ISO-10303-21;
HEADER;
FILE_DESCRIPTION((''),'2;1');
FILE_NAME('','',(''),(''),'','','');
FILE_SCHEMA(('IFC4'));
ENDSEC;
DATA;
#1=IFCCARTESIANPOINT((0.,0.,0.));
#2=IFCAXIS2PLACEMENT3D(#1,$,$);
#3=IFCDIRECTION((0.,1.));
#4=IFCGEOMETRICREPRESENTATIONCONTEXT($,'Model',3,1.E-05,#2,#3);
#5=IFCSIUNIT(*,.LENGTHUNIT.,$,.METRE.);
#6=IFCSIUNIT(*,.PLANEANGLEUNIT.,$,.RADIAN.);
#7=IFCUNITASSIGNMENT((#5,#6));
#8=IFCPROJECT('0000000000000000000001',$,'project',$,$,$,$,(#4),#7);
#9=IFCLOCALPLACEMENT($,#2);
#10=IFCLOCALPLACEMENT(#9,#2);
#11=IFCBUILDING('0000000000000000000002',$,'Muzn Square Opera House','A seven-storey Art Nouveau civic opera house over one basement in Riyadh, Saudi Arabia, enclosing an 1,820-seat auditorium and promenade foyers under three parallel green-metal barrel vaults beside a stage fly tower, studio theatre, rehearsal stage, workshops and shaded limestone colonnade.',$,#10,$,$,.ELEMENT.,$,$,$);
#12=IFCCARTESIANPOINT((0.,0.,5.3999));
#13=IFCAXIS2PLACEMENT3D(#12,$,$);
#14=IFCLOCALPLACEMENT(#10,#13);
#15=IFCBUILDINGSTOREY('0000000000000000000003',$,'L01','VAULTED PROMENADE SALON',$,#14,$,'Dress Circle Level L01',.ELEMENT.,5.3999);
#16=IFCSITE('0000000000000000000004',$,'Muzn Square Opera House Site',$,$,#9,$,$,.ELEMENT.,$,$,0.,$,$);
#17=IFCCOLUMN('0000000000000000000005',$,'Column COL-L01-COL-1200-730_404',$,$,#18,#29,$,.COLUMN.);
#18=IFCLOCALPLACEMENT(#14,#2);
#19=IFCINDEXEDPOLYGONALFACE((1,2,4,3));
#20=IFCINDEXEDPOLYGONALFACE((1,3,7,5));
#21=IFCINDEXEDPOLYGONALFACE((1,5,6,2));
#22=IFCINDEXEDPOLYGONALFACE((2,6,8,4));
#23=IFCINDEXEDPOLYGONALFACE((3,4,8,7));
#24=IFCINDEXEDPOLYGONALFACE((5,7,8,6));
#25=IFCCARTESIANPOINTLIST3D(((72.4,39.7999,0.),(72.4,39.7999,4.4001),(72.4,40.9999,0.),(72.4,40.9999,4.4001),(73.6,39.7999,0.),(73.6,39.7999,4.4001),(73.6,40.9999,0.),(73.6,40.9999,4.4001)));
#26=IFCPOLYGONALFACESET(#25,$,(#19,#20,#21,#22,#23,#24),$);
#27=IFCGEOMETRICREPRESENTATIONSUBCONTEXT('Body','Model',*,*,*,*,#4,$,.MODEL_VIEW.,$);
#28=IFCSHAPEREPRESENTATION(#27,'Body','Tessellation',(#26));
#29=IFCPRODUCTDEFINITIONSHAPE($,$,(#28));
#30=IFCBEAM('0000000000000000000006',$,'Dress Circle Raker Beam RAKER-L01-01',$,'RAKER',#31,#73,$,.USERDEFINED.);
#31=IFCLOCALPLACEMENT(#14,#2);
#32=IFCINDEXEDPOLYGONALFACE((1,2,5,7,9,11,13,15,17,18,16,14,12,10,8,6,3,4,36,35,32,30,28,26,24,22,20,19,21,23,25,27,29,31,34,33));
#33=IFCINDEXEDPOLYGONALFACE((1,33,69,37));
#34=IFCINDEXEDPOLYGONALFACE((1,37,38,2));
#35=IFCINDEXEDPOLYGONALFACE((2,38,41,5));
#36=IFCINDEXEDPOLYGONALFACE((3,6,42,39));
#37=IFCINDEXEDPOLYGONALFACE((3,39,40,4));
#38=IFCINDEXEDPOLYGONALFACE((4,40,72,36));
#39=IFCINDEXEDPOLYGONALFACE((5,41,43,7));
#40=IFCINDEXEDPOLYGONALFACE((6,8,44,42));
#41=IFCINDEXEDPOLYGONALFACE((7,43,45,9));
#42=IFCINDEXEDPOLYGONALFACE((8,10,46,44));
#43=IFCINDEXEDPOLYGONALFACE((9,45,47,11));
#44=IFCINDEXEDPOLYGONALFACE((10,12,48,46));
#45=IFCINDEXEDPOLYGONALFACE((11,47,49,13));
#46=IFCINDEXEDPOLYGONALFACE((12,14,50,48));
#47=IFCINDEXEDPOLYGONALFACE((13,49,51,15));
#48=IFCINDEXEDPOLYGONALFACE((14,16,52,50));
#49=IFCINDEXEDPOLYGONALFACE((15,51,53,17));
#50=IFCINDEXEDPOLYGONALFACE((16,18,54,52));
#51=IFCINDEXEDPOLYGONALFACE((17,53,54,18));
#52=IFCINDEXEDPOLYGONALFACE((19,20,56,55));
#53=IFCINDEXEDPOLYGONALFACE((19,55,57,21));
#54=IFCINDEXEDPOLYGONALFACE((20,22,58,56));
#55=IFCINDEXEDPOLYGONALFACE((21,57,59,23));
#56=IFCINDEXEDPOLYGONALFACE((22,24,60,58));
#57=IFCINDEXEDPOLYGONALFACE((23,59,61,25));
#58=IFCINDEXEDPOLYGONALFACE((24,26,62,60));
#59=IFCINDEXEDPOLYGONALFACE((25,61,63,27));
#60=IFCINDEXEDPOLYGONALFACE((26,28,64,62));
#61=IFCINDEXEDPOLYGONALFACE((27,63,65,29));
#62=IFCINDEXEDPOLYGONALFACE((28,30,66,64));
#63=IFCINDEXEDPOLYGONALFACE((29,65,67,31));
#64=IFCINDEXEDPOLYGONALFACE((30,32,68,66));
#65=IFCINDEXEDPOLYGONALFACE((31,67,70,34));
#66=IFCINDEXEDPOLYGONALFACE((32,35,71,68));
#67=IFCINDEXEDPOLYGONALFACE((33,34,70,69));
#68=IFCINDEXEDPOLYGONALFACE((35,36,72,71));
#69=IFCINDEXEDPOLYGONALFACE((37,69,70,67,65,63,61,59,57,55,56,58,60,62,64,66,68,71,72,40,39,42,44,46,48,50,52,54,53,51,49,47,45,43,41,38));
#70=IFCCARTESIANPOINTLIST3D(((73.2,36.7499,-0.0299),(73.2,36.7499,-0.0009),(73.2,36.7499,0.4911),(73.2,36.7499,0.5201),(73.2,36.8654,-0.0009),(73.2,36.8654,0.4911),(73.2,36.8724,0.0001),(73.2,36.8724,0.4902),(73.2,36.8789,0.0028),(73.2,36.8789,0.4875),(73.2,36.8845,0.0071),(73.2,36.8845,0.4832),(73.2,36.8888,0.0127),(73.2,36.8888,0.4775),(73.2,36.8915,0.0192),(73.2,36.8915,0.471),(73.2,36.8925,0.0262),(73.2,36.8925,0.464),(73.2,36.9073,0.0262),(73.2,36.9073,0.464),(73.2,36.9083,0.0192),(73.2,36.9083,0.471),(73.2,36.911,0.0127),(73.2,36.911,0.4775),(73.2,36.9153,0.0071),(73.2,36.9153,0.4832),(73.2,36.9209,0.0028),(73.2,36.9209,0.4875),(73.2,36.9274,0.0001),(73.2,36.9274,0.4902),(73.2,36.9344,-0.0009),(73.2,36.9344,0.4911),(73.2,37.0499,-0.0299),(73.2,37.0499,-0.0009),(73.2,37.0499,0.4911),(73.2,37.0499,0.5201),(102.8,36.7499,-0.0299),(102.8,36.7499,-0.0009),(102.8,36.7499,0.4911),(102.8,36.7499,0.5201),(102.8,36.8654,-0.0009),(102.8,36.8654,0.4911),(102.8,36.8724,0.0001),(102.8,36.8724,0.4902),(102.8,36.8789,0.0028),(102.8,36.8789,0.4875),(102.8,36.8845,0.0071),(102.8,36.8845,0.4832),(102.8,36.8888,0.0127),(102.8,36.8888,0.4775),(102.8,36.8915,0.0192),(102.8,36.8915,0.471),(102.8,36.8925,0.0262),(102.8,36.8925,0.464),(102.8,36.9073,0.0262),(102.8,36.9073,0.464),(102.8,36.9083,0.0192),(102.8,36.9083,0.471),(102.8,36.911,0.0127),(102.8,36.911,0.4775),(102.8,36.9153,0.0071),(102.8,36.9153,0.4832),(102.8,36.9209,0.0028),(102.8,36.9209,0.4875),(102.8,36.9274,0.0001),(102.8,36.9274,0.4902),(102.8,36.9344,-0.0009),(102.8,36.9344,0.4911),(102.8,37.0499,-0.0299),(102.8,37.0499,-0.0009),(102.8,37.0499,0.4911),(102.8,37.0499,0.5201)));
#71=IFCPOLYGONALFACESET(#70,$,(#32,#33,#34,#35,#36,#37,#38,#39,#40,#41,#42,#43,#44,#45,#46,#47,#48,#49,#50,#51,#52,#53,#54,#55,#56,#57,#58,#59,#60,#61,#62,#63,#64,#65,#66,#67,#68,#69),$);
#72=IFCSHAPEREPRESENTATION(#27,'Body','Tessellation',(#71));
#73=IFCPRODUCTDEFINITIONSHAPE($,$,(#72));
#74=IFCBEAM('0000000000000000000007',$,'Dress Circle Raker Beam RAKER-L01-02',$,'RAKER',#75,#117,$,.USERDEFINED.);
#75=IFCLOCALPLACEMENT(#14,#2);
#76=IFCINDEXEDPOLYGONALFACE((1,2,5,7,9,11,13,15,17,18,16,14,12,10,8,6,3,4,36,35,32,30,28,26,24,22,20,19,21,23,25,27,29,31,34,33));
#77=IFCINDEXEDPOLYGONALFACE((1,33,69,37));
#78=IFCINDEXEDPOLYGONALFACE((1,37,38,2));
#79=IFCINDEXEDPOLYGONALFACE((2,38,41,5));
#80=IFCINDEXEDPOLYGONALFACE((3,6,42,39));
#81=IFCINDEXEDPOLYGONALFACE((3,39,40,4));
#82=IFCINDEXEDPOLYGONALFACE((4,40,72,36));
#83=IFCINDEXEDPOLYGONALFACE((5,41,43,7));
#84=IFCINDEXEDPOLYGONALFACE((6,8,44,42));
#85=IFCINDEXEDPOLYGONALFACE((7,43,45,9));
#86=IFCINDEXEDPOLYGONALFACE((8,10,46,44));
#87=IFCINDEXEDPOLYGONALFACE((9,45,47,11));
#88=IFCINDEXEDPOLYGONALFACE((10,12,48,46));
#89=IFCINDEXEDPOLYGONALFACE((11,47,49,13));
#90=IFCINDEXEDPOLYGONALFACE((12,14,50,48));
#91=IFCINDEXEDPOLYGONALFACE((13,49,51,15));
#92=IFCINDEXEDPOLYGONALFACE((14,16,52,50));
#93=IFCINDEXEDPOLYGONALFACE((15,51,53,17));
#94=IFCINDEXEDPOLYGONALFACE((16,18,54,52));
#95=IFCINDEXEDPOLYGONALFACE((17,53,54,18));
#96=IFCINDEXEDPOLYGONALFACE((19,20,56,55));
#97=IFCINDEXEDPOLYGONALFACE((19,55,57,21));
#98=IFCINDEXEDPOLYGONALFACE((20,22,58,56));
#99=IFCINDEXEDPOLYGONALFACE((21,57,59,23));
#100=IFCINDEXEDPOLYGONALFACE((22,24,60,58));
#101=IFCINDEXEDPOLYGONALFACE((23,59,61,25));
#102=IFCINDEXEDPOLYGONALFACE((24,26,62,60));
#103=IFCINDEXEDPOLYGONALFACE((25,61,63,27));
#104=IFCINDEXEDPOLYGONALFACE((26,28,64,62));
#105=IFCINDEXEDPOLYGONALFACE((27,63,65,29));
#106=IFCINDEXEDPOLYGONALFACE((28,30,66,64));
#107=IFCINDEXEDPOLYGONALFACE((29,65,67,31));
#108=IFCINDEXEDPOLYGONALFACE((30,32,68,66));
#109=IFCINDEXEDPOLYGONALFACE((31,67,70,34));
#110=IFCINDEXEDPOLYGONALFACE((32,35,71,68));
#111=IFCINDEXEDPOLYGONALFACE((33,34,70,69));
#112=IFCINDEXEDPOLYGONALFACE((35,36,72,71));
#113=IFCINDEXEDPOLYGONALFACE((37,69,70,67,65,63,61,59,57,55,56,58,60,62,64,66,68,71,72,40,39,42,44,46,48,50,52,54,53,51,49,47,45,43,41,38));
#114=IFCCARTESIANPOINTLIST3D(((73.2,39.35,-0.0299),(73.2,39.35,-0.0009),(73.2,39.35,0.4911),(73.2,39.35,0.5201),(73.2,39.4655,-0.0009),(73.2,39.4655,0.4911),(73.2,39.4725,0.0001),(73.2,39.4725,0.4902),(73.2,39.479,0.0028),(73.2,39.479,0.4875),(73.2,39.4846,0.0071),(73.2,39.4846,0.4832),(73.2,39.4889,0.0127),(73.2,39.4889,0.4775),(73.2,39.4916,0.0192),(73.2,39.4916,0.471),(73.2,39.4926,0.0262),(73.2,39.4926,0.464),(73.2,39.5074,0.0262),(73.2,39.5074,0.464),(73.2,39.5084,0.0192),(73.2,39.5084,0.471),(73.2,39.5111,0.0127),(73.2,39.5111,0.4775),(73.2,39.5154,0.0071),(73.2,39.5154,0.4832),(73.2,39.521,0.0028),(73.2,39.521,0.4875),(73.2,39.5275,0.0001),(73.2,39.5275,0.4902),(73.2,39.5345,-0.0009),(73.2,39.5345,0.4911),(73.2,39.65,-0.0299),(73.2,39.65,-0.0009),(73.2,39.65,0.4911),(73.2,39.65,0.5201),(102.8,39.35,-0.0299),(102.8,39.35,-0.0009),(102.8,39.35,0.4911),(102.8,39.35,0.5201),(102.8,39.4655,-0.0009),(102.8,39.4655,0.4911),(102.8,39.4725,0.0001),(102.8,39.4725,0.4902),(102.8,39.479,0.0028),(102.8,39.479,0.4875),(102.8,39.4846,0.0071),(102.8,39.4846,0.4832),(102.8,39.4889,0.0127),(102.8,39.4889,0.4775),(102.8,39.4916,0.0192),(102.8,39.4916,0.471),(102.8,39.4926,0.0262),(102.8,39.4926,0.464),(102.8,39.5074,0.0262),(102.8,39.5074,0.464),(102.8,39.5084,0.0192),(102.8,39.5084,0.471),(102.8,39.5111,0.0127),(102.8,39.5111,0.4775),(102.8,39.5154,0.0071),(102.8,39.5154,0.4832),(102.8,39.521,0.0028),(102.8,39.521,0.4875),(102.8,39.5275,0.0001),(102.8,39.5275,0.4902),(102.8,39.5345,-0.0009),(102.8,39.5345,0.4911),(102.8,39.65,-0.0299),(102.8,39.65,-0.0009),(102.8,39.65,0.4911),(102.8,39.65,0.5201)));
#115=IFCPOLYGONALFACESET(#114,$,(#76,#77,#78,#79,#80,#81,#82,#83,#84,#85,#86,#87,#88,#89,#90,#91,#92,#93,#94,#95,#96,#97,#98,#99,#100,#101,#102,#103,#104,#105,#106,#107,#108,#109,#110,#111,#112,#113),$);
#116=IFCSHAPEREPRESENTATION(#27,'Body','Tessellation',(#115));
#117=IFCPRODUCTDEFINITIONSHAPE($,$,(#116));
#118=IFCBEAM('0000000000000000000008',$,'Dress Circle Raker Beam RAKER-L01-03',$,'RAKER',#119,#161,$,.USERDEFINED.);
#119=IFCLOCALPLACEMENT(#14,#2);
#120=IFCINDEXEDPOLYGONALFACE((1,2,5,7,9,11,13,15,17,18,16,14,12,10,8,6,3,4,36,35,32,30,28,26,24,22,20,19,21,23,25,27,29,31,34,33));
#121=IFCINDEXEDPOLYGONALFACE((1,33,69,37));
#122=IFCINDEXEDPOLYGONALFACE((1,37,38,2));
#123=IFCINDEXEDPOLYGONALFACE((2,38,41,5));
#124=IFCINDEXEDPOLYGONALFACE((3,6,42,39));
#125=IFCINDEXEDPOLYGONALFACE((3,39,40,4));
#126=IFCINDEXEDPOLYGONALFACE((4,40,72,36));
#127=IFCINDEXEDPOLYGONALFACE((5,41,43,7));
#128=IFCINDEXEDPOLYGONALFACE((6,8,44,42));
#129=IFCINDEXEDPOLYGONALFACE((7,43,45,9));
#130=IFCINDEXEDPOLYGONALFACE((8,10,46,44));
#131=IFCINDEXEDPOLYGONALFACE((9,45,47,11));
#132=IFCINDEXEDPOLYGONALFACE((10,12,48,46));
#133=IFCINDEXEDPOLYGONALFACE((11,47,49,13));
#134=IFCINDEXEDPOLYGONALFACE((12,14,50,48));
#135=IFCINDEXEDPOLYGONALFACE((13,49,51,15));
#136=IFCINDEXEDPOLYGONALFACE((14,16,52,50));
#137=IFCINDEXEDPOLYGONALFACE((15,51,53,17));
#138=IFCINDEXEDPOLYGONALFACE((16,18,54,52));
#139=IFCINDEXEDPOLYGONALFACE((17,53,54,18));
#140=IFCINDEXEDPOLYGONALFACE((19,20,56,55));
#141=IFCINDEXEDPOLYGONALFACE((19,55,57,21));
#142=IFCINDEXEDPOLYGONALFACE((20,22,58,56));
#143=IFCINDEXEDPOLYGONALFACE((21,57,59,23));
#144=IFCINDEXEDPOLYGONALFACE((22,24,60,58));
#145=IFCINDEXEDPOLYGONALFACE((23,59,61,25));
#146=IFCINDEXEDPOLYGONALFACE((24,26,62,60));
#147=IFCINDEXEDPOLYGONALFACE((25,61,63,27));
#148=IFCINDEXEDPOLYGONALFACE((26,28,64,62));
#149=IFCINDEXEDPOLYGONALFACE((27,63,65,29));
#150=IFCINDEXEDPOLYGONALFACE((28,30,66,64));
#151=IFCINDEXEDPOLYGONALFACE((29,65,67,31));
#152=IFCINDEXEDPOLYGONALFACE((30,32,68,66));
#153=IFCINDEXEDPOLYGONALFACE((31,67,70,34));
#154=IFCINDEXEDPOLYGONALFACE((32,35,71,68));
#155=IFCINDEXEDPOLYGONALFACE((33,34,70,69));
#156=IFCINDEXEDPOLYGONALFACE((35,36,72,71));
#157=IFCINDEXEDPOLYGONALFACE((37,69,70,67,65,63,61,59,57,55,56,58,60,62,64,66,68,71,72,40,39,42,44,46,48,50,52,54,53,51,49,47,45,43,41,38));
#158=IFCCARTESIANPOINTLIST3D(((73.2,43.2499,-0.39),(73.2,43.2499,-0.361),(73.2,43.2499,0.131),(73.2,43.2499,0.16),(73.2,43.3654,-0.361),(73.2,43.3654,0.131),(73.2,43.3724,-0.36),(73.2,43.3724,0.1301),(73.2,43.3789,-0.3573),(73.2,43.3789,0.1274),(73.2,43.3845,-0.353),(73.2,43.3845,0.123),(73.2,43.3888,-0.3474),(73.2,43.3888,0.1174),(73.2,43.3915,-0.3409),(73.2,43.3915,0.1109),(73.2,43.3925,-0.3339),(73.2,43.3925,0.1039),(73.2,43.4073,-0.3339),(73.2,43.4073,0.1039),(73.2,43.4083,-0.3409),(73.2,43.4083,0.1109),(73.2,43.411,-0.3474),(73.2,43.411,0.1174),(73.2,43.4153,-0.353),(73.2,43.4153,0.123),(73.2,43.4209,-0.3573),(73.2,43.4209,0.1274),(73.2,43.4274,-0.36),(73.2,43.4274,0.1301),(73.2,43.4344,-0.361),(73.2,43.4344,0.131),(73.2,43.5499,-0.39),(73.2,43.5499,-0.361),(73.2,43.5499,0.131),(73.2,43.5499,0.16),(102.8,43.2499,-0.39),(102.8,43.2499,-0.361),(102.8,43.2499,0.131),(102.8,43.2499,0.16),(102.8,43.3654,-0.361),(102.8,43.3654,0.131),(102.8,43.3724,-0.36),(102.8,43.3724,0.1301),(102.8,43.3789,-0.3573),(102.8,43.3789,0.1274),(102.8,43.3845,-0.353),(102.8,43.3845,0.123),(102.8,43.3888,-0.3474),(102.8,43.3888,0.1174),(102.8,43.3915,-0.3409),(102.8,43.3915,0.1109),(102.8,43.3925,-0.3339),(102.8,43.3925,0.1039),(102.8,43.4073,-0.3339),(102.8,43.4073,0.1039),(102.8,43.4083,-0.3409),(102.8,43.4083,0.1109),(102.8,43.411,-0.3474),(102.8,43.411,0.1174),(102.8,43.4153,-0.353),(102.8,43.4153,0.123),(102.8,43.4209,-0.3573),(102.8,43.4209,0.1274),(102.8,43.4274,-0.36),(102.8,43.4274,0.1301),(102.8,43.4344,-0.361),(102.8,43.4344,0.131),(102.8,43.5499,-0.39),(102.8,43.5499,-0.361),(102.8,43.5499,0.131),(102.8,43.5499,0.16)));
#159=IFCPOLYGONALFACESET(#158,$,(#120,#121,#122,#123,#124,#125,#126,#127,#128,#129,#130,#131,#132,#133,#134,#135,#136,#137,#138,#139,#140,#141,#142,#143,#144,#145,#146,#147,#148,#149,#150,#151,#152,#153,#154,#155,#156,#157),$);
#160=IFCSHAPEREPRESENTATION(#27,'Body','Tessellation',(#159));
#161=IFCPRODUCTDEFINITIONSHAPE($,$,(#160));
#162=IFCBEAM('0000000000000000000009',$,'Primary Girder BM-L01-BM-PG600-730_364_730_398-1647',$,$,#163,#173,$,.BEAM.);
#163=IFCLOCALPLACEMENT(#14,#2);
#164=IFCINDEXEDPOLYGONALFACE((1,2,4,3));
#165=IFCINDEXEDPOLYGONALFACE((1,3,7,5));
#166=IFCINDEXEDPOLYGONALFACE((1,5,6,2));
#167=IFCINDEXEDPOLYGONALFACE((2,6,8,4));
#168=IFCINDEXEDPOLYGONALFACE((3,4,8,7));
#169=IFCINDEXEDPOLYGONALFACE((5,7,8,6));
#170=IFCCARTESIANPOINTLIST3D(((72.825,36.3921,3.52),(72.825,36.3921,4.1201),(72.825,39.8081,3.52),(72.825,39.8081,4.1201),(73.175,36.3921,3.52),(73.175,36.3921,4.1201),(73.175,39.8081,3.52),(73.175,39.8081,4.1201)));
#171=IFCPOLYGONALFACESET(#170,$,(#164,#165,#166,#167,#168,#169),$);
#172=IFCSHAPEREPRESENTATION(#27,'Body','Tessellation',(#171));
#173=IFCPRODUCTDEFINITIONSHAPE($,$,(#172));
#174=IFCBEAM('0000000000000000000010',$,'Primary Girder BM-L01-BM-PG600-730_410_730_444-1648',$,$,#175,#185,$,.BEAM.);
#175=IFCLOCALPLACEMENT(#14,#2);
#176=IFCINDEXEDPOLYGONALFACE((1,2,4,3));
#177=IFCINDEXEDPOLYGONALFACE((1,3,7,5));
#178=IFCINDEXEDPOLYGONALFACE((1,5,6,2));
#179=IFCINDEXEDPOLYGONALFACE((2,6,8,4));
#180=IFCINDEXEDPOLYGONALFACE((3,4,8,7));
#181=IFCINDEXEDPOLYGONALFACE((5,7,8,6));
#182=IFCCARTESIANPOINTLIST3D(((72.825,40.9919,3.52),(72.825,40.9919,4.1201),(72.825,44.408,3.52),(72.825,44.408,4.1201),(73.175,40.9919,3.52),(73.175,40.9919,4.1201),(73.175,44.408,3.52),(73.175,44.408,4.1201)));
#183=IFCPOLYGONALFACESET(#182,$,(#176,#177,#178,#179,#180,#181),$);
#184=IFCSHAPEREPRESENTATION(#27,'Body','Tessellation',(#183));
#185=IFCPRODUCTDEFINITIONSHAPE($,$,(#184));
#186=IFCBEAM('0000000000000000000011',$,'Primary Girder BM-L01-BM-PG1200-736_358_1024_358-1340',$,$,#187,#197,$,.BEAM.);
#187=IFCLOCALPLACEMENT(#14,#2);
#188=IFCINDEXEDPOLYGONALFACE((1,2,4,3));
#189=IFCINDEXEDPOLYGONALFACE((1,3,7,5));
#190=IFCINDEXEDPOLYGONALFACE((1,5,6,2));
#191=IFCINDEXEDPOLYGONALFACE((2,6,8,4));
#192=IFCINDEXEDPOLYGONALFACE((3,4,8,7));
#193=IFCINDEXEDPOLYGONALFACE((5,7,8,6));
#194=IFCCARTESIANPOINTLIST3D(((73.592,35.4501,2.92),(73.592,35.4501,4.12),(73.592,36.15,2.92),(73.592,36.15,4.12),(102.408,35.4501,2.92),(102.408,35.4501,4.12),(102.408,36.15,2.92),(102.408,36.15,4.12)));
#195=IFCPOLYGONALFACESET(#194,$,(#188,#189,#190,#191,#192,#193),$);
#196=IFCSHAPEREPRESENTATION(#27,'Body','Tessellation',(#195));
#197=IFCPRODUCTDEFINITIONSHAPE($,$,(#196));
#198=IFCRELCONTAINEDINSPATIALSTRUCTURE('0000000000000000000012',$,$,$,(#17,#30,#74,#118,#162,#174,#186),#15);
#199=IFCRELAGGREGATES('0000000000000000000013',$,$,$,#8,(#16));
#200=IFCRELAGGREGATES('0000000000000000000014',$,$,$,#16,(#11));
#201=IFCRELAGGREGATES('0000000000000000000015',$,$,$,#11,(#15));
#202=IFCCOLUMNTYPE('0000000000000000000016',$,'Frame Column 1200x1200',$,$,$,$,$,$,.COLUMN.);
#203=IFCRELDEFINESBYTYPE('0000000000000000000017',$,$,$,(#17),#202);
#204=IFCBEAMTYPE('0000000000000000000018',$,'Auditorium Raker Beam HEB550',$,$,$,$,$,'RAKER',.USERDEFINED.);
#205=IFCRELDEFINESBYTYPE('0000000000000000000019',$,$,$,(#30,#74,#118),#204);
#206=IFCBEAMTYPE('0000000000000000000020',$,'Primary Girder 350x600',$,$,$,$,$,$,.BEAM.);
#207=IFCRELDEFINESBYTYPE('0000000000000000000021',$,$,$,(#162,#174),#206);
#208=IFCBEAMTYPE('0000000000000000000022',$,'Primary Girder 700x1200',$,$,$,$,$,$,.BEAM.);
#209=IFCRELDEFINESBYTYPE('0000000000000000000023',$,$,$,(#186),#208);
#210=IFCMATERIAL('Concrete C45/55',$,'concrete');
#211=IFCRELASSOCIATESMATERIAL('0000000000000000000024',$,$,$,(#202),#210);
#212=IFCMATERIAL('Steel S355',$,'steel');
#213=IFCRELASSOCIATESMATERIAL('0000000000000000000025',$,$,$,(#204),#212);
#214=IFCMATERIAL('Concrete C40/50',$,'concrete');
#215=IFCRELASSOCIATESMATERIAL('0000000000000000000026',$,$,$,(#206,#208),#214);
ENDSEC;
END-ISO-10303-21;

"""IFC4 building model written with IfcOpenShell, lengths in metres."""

from ifc_helpers import new_model, si_unit, direction, frame, origin, origin_2d, place, context, subcontext, project, spatial, rectangle, i_section, extrude, material, material_profile, profile_set, type_object, element, save


model = new_model("IFC4")

# Units and contexts
model_context = context("Model", 3, precision=1e-05, world=origin(), true_north=direction((0.0, 1.0)))
body_context = subcontext(model_context, "Body", "Model", "MODEL_VIEW")
ifc_project = project(units=[si_unit("LENGTHUNIT", "METRE"), si_unit("PLANEANGLEUNIT", "RADIAN")], contexts=[model_context])

# Site, building, storey
site_placement = place(None, origin())
site = spatial("IfcSite", under=ifc_project, at=site_placement, Name="Muzn Square Opera House Site", CompositionType="ELEMENT", RefElevation=0.0)
building_placement = place(site_placement, origin())
building = spatial("IfcBuilding", under=site, at=building_placement, Name="Muzn Square Opera House", Description="A seven-storey Art Nouveau civic opera house over one basement in Riyadh, Saudi Arabia, enclosing an 1,820-seat auditorium and promenade foyers under three parallel green-metal barrel vaults beside a stage fly tower, studio theatre, rehearsal stage, workshops and shaded limestone colonnade.", CompositionType="ELEMENT")
storey_placement = place(building_placement, frame((0.0, 0.0, 5.3999)))
storey = spatial("IfcBuildingStorey", under=building, at=storey_placement, Name="L01", Description="VAULTED PROMENADE SALON", LongName="Dress Circle Level L01", CompositionType="ELEMENT", Elevation=5.3999)

# Column
ifc_material_1 = material(Name="Concrete C45/55", Category="concrete")
ifc_material_profile_1 = material_profile(ifc_material_1, rectangle(XDim=1.2, YDim=1.2, at=origin_2d()), Name="RC 1200x1200", Category="concrete")
ifc_profile_set_1 = profile_set([ifc_material_profile_1], Name="Concrete C45/55")
column_type = type_object("IfcColumnType", Name="Frame Column 1200x1200", PredefinedType="COLUMN", material=ifc_profile_set_1)
column_placement = place(storey_placement, frame((73.0, 40.3999, 0.0), z_axis=(0.0, 0.0, 1.0), x_axis=(1.0, 0.0, 0.0)))
element("IfcColumn", 1, at=column_placement, inside=storey, type_object=column_type, Name="Column COL-L01-COL-1200-730_404", PredefinedType="COLUMN", context=body_context, shape_type="SweptSolid", body=[
    extrude(rectangle(XDim=1.2, YDim=1.2, at=origin_2d()), origin(), (0.0, 0.0, 1.0), 4.4001),
])

# Beams
ifc_material_2 = material(Name="Steel S355", Category="steel")
ifc_material_profile_2 = material_profile(ifc_material_2, i_section(OverallWidth=0.3, OverallDepth=0.55, WebThickness=0.0149, FlangeThickness=0.0291, FilletRadius=0.0271, at=origin_2d()), Name="HEB 550", Category="steel")
ifc_profile_set_2 = profile_set([ifc_material_profile_2], Name="Steel S355")
beam_type_1 = type_object("IfcBeamType", Name="Auditorium Raker Beam HEB550", ElementType="RAKER", PredefinedType="USERDEFINED", material=ifc_profile_set_2)
for number, where, z_axis, x_axis, name in (
    (2, (73.2, 36.8999, 0.2451), (1.0, 0.0, 0.0), (0.0, 1.0, 0.0), "Dress Circle Raker Beam RAKER-L01-01"),
    (3, (73.2, 39.5, 0.2451), (1.0, 0.0, 0.0), (0.0, 1.0, 0.0), "Dress Circle Raker Beam RAKER-L01-02"),
    (4, (73.2, 43.3999, -0.115), (1.0, 0.0, 0.0), (0.0, 1.0, 0.0), "Dress Circle Raker Beam RAKER-L01-03"),
):
    element("IfcBeam", number, at=place(storey_placement, frame(where, z_axis=z_axis, x_axis=x_axis)), inside=storey, type_object=beam_type_1, Name=name, ObjectType="RAKER", PredefinedType="USERDEFINED", context=body_context, shape_type="SweptSolid", body=[
        extrude(i_section(OverallWidth=0.3, OverallDepth=0.55, WebThickness=0.0149, FlangeThickness=0.0291, FilletRadius=0.0271, at=origin_2d()), origin(), (0.0, 0.0, 1.0), 29.6001),
    ])
ifc_material_3 = material(Name="Concrete C40/50", Category="concrete")
ifc_material_profile_3 = material_profile(ifc_material_3, rectangle(XDim=0.3501, YDim=0.6001, at=origin_2d()), Name="RCB 350x600", Category="concrete")
ifc_profile_set_3 = profile_set([ifc_material_profile_3], Name="Concrete C40/50")
beam_type_2 = type_object("IfcBeamType", Name="Primary Girder 350x600", PredefinedType="BEAM", material=ifc_profile_set_3)
for number, where, z_axis, x_axis, name in (
    (5, (73.0, 36.3921, 3.8201), (0.0, 1.0, 0.0), (-1.0, 0.0, 0.0), "Primary Girder BM-L01-BM-PG600-730_364_730_398-1647"),
    (6, (73.0, 40.9919, 3.8201), (0.0, 1.0, 0.0), (-1.0, 0.0, 0.0), "Primary Girder BM-L01-BM-PG600-730_410_730_444-1648"),
):
    element("IfcBeam", number, at=place(storey_placement, frame(where, z_axis=z_axis, x_axis=x_axis)), inside=storey, type_object=beam_type_2, Name=name, PredefinedType="BEAM", context=body_context, shape_type="SweptSolid", body=[
        extrude(rectangle(XDim=0.3501, YDim=0.6001, at=origin_2d()), origin(), (0.0, 0.0, 1.0), 3.416),
    ])
ifc_material_profile_4 = material_profile(ifc_material_3, rectangle(XDim=0.7, YDim=1.2, at=origin_2d()), Name="RCB 700x1200", Category="concrete")
ifc_profile_set_4 = profile_set([ifc_material_profile_4], Name="Concrete C40/50")
beam_type_3 = type_object("IfcBeamType", Name="Primary Girder 700x1200", PredefinedType="BEAM", material=ifc_profile_set_4)
beam_placement = place(storey_placement, frame((73.592, 35.8, 3.52), z_axis=(1.0, 0.0, 0.0), x_axis=(0.0, 1.0, 0.0)))
element("IfcBeam", 7, at=beam_placement, inside=storey, type_object=beam_type_3, Name="Primary Girder BM-L01-BM-PG1200-736_358_1024_358-1340", PredefinedType="BEAM", context=body_context, shape_type="SweptSolid", body=[
    extrude(rectangle(XDim=0.7, YDim=1.2, at=origin_2d()), origin(), (0.0, 0.0, 1.0), 28.8159),
])

save(model, "model.ifc")
